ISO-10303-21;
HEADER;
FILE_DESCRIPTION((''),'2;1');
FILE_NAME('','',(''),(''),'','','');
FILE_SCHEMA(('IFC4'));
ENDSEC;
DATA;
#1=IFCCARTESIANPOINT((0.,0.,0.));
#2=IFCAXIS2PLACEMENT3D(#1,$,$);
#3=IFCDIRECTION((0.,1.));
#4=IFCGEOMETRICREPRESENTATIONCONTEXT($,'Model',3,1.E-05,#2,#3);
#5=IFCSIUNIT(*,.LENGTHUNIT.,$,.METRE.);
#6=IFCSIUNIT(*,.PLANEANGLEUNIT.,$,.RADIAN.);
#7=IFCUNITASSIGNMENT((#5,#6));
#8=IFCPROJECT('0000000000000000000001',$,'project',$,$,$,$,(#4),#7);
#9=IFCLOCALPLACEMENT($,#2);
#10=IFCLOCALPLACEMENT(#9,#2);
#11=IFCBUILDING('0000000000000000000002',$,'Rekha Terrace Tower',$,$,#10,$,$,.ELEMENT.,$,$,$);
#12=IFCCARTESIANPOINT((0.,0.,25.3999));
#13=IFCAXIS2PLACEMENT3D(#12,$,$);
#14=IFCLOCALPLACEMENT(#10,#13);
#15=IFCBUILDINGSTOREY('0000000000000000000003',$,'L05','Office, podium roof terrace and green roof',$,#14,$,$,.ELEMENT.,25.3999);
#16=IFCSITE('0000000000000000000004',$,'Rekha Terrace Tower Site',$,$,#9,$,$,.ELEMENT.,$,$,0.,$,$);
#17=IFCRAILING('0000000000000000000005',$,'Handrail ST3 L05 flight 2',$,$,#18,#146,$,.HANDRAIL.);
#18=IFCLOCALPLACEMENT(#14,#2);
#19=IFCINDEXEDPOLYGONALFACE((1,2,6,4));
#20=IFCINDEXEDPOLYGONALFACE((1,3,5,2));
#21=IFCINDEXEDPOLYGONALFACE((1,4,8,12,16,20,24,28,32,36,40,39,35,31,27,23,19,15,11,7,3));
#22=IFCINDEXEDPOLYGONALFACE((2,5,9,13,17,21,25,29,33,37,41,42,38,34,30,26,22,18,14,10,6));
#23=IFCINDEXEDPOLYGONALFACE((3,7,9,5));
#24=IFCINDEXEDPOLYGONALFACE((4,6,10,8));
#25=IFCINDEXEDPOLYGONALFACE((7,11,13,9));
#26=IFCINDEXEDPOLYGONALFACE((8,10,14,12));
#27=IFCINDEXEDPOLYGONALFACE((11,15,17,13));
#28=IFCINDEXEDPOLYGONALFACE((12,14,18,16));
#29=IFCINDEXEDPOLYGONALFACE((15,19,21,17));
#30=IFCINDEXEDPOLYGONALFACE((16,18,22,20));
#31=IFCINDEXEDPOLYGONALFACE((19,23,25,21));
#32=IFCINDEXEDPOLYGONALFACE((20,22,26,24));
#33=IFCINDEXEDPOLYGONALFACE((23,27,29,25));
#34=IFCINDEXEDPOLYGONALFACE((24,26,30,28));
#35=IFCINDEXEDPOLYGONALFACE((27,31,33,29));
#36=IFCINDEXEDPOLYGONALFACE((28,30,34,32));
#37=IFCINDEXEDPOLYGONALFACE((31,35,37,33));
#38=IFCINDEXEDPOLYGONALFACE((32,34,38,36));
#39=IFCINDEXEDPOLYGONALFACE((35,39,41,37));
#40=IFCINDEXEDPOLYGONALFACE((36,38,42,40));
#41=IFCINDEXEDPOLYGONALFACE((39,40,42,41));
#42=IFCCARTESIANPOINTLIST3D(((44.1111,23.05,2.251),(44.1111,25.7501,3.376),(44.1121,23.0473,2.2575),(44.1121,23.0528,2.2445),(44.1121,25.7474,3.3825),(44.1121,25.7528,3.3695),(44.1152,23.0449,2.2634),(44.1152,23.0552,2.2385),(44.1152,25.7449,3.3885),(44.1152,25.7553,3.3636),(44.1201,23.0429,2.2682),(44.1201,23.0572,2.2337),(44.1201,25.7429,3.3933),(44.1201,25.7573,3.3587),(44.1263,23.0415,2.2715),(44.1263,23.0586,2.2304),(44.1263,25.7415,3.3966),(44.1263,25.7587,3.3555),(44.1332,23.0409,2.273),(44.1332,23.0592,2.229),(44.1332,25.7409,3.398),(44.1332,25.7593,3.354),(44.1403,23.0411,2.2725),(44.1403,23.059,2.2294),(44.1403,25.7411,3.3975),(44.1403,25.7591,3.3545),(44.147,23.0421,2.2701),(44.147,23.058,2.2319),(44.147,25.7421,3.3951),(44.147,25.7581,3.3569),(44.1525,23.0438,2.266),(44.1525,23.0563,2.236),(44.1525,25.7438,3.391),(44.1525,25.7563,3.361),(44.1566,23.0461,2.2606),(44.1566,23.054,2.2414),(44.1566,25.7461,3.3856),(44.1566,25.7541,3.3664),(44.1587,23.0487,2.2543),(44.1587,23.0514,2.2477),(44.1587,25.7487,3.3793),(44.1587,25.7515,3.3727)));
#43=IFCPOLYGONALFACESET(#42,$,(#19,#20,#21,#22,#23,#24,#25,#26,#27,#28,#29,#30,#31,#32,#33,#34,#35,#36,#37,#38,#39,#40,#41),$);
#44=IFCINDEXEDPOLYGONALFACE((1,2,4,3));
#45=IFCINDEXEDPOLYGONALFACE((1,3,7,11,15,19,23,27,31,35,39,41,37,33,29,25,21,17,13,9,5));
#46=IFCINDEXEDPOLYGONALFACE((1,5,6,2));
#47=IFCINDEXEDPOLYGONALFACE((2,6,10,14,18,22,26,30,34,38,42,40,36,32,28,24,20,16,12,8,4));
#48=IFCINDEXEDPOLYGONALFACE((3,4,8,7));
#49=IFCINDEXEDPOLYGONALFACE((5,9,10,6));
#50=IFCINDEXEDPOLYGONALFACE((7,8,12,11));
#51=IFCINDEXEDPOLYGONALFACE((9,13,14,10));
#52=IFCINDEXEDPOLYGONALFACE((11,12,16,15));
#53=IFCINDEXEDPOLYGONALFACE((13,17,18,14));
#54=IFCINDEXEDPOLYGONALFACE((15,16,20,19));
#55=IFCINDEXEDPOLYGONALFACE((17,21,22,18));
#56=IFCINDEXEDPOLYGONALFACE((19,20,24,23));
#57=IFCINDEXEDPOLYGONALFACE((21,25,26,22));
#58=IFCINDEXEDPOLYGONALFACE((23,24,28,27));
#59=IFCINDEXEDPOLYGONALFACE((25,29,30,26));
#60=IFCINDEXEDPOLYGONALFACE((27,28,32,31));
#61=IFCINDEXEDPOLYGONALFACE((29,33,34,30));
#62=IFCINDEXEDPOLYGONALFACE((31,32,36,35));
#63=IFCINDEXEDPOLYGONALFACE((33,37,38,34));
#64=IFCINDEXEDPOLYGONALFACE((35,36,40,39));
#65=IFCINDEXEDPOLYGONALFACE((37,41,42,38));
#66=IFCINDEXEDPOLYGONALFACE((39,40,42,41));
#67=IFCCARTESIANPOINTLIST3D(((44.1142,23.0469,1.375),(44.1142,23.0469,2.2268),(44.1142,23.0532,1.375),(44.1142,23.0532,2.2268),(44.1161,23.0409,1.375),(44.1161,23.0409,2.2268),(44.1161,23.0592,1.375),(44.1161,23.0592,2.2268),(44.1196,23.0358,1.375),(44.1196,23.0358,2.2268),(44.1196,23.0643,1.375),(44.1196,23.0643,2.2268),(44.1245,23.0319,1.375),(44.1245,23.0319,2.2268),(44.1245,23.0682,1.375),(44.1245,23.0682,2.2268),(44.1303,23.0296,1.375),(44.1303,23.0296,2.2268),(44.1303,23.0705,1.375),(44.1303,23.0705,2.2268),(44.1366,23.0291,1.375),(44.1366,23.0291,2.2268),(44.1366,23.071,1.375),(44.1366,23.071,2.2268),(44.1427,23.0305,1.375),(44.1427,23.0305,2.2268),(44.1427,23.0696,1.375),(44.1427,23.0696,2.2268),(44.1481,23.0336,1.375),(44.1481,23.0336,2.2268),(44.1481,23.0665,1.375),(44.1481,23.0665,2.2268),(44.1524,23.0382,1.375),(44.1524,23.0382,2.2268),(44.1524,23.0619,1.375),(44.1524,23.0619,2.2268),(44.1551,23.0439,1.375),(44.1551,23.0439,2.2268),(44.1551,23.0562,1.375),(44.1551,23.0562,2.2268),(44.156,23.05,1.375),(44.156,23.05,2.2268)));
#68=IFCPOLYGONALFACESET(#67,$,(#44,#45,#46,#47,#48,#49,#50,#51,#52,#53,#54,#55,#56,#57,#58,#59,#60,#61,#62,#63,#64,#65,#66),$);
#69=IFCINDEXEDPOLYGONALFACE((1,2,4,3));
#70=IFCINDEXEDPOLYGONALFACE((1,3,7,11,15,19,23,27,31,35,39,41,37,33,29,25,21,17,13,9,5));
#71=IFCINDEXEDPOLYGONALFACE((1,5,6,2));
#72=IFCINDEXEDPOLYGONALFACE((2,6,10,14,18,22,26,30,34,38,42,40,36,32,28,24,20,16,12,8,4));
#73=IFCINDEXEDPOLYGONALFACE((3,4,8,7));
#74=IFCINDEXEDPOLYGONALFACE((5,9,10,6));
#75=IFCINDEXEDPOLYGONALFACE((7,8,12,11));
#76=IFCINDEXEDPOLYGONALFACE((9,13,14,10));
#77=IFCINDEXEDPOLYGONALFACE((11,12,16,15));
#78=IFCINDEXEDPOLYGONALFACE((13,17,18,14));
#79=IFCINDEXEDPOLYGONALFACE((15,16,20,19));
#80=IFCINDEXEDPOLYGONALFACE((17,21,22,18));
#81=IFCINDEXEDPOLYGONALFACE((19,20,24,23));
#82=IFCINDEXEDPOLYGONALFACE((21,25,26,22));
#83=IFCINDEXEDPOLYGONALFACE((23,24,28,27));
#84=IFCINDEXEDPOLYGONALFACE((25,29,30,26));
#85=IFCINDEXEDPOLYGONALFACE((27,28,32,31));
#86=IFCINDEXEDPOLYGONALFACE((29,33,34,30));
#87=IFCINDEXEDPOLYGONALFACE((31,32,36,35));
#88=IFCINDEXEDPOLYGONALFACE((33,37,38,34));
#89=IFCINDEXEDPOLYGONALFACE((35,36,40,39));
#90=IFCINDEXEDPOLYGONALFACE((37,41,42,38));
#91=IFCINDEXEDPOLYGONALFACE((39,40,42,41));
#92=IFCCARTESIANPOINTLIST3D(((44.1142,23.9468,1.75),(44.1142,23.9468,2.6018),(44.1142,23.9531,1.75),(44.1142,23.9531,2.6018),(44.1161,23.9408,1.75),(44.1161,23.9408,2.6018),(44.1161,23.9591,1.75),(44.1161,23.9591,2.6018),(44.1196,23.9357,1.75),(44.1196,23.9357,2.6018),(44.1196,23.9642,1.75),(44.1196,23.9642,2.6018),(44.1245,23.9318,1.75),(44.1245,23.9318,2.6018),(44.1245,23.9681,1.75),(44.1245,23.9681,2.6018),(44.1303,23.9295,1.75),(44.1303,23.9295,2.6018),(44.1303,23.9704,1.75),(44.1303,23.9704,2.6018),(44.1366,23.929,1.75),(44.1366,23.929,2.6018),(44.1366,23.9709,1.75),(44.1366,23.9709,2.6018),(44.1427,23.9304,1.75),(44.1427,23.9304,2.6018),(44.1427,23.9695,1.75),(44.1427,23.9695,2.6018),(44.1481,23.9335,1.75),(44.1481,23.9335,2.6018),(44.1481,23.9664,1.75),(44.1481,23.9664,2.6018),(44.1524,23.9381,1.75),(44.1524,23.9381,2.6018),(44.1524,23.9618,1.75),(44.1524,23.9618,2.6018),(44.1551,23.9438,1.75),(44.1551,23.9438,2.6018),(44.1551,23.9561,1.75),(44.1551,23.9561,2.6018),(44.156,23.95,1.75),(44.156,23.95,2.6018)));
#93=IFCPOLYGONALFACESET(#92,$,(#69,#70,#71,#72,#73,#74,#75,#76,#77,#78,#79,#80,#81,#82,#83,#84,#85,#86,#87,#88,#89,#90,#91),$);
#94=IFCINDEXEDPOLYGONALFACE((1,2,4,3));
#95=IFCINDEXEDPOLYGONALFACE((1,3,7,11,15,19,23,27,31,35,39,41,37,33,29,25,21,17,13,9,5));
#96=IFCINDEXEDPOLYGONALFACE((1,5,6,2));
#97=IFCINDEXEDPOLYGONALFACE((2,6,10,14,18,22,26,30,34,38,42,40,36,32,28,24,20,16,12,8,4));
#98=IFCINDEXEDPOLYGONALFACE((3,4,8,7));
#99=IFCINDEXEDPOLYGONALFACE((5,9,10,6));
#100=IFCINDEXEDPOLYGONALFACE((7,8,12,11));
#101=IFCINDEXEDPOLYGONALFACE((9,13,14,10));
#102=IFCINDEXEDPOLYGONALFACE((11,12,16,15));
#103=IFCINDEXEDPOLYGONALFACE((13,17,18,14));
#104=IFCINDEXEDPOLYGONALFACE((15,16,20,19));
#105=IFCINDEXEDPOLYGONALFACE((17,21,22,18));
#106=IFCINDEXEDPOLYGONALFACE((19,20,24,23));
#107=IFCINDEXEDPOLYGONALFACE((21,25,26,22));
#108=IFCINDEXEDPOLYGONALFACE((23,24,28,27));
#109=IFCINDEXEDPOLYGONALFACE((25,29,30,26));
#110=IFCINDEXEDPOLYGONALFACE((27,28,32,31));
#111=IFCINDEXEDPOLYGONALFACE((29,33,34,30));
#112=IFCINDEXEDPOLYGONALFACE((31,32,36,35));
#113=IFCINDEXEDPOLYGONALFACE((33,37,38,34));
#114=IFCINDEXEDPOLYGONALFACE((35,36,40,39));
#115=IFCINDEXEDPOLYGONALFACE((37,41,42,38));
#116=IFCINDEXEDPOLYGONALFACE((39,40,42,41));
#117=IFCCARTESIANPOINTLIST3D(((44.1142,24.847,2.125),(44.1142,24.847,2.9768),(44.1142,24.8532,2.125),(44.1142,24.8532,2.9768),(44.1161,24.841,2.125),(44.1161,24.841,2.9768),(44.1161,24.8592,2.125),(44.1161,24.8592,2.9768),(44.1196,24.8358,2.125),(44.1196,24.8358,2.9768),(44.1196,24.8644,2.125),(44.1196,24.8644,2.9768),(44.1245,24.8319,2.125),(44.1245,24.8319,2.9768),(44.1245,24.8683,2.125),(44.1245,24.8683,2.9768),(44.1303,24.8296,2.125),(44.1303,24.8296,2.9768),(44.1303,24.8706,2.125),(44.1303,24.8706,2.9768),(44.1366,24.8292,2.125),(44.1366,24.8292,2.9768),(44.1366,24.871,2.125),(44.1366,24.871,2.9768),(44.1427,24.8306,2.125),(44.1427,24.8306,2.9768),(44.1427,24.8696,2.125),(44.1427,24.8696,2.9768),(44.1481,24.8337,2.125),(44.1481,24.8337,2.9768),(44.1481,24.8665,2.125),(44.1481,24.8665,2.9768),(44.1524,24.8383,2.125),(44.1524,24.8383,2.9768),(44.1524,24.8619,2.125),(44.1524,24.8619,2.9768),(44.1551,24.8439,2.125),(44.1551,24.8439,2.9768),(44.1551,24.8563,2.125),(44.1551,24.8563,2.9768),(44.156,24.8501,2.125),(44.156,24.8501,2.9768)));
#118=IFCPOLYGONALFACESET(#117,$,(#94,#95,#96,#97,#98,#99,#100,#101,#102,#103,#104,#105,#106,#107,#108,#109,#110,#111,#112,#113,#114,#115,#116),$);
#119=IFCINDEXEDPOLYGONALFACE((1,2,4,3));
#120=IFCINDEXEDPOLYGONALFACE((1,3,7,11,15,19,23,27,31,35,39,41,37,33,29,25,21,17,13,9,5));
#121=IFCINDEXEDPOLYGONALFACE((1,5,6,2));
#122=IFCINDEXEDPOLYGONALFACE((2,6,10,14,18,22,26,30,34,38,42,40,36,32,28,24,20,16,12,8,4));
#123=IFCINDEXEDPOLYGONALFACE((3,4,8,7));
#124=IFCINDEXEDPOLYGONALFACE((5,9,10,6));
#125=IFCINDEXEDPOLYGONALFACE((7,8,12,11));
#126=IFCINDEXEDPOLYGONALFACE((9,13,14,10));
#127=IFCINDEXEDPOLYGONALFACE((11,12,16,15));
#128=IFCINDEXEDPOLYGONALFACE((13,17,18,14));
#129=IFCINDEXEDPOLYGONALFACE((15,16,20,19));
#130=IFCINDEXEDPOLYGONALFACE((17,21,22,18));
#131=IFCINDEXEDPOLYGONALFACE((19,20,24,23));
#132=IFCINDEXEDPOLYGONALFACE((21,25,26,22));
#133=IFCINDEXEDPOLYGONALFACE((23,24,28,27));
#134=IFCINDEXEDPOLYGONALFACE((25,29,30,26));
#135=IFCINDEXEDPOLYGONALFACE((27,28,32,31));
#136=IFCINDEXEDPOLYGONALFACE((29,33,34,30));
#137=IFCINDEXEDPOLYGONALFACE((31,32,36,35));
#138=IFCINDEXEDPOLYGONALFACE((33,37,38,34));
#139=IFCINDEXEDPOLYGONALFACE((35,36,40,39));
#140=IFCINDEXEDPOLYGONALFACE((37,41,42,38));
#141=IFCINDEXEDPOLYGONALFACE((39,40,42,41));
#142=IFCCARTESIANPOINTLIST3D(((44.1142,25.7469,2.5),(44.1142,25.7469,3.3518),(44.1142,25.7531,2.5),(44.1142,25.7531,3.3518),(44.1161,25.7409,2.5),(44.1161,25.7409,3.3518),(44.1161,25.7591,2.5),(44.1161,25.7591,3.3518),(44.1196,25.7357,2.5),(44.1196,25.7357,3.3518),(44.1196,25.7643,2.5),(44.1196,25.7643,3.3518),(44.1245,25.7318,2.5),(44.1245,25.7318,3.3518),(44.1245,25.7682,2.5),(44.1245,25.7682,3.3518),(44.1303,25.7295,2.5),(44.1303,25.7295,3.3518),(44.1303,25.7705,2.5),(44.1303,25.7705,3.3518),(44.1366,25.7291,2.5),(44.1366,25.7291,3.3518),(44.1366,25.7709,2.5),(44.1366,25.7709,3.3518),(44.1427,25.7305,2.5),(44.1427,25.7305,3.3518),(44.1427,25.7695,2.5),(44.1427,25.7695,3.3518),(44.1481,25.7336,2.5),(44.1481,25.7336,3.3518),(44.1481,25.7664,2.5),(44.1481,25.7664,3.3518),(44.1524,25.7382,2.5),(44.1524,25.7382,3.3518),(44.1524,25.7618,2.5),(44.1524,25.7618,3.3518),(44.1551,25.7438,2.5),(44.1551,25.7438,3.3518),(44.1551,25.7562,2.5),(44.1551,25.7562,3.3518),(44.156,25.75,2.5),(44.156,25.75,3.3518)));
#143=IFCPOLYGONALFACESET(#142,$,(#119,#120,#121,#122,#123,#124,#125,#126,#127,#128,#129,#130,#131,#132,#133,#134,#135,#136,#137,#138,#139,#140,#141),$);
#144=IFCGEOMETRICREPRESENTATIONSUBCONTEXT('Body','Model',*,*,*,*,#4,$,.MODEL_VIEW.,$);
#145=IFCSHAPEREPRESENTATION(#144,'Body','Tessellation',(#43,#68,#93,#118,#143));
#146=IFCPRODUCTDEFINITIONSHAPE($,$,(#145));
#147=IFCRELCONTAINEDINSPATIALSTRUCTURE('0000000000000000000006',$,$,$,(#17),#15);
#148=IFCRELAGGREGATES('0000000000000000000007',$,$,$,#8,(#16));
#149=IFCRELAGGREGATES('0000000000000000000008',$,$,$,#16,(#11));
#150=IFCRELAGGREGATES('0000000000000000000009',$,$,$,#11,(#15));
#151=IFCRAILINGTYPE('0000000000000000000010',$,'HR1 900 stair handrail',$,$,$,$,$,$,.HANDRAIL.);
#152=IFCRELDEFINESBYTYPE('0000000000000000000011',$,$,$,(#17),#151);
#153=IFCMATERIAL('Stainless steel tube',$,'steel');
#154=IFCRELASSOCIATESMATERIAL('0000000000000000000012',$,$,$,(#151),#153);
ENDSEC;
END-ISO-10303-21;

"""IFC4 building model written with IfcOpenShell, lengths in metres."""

from ifc_helpers import new_model, si_unit, direction, frame, origin, origin_2d, place, context, subcontext, project, spatial, circle, extrude, material, type_object, element, save


model = new_model("IFC4")

# Units and contexts
model_context = context("Model", 3, precision=1e-05, world=origin(), true_north=direction((0.0, 1.0)))
body_context = subcontext(model_context, "Body", "Model", "MODEL_VIEW")
ifc_project = project(units=[si_unit("LENGTHUNIT", "METRE"), si_unit("PLANEANGLEUNIT", "RADIAN")], contexts=[model_context])

# Site, building, storey
site_placement = place(None, origin())
site = spatial("IfcSite", under=ifc_project, at=site_placement, Name="Rekha Terrace Tower Site", CompositionType="ELEMENT", RefElevation=0.0)
building_placement = place(site_placement, origin())
building = spatial("IfcBuilding", under=site, at=building_placement, Name="Rekha Terrace Tower", CompositionType="ELEMENT")
storey_placement = place(building_placement, frame((0.0, 0.0, 25.3999)))
storey = spatial("IfcBuildingStorey", under=building, at=storey_placement, Name="L05", Description="Office, podium roof terrace and green roof", CompositionType="ELEMENT", Elevation=25.3999)

# Railing
ifc_material_1 = material(Name="Stainless steel tube", Category="steel")
railing_type = type_object("IfcRailingType", Name="HR1 900 stair handrail", PredefinedType="HANDRAIL", material=ifc_material_1)
railing_placement = place(storey_placement, frame((44.135, 23.05, 1.375)))
element("IfcRailing", 1, at=railing_placement, inside=storey, type_object=railing_type, Name="Handrail ST3 L05 flight 2", PredefinedType="HANDRAIL", context=body_context, shape_type="SweptSolid", body=[
    extrude(circle(Radius=0.0239, at=origin_2d()), frame((0.0, 0.0, 0.876), z_axis=(0.0, 0.923074, 0.384621), x_axis=(-1.0, 0.0, 0.0)), (0.0, 0.0, 1.0), 2.925),
    extrude(circle(Radius=0.021, at=origin_2d()), origin(), (0.0, 0.0, 1.0), 0.8518),
    extrude(circle(Radius=0.021, at=origin_2d()), frame((0.0, 0.8999, 0.375)), (0.0, 0.0, 1.0), 0.8518),
    extrude(circle(Radius=0.021, at=origin_2d()), frame((0.0, 1.8, 0.75)), (0.0, 0.0, 1.0), 0.8518),
    extrude(circle(Radius=0.021, at=origin_2d()), frame((0.0, 2.7, 1.125)), (0.0, 0.0, 1.0), 0.8518),
])

save(model, "model.ifc")
